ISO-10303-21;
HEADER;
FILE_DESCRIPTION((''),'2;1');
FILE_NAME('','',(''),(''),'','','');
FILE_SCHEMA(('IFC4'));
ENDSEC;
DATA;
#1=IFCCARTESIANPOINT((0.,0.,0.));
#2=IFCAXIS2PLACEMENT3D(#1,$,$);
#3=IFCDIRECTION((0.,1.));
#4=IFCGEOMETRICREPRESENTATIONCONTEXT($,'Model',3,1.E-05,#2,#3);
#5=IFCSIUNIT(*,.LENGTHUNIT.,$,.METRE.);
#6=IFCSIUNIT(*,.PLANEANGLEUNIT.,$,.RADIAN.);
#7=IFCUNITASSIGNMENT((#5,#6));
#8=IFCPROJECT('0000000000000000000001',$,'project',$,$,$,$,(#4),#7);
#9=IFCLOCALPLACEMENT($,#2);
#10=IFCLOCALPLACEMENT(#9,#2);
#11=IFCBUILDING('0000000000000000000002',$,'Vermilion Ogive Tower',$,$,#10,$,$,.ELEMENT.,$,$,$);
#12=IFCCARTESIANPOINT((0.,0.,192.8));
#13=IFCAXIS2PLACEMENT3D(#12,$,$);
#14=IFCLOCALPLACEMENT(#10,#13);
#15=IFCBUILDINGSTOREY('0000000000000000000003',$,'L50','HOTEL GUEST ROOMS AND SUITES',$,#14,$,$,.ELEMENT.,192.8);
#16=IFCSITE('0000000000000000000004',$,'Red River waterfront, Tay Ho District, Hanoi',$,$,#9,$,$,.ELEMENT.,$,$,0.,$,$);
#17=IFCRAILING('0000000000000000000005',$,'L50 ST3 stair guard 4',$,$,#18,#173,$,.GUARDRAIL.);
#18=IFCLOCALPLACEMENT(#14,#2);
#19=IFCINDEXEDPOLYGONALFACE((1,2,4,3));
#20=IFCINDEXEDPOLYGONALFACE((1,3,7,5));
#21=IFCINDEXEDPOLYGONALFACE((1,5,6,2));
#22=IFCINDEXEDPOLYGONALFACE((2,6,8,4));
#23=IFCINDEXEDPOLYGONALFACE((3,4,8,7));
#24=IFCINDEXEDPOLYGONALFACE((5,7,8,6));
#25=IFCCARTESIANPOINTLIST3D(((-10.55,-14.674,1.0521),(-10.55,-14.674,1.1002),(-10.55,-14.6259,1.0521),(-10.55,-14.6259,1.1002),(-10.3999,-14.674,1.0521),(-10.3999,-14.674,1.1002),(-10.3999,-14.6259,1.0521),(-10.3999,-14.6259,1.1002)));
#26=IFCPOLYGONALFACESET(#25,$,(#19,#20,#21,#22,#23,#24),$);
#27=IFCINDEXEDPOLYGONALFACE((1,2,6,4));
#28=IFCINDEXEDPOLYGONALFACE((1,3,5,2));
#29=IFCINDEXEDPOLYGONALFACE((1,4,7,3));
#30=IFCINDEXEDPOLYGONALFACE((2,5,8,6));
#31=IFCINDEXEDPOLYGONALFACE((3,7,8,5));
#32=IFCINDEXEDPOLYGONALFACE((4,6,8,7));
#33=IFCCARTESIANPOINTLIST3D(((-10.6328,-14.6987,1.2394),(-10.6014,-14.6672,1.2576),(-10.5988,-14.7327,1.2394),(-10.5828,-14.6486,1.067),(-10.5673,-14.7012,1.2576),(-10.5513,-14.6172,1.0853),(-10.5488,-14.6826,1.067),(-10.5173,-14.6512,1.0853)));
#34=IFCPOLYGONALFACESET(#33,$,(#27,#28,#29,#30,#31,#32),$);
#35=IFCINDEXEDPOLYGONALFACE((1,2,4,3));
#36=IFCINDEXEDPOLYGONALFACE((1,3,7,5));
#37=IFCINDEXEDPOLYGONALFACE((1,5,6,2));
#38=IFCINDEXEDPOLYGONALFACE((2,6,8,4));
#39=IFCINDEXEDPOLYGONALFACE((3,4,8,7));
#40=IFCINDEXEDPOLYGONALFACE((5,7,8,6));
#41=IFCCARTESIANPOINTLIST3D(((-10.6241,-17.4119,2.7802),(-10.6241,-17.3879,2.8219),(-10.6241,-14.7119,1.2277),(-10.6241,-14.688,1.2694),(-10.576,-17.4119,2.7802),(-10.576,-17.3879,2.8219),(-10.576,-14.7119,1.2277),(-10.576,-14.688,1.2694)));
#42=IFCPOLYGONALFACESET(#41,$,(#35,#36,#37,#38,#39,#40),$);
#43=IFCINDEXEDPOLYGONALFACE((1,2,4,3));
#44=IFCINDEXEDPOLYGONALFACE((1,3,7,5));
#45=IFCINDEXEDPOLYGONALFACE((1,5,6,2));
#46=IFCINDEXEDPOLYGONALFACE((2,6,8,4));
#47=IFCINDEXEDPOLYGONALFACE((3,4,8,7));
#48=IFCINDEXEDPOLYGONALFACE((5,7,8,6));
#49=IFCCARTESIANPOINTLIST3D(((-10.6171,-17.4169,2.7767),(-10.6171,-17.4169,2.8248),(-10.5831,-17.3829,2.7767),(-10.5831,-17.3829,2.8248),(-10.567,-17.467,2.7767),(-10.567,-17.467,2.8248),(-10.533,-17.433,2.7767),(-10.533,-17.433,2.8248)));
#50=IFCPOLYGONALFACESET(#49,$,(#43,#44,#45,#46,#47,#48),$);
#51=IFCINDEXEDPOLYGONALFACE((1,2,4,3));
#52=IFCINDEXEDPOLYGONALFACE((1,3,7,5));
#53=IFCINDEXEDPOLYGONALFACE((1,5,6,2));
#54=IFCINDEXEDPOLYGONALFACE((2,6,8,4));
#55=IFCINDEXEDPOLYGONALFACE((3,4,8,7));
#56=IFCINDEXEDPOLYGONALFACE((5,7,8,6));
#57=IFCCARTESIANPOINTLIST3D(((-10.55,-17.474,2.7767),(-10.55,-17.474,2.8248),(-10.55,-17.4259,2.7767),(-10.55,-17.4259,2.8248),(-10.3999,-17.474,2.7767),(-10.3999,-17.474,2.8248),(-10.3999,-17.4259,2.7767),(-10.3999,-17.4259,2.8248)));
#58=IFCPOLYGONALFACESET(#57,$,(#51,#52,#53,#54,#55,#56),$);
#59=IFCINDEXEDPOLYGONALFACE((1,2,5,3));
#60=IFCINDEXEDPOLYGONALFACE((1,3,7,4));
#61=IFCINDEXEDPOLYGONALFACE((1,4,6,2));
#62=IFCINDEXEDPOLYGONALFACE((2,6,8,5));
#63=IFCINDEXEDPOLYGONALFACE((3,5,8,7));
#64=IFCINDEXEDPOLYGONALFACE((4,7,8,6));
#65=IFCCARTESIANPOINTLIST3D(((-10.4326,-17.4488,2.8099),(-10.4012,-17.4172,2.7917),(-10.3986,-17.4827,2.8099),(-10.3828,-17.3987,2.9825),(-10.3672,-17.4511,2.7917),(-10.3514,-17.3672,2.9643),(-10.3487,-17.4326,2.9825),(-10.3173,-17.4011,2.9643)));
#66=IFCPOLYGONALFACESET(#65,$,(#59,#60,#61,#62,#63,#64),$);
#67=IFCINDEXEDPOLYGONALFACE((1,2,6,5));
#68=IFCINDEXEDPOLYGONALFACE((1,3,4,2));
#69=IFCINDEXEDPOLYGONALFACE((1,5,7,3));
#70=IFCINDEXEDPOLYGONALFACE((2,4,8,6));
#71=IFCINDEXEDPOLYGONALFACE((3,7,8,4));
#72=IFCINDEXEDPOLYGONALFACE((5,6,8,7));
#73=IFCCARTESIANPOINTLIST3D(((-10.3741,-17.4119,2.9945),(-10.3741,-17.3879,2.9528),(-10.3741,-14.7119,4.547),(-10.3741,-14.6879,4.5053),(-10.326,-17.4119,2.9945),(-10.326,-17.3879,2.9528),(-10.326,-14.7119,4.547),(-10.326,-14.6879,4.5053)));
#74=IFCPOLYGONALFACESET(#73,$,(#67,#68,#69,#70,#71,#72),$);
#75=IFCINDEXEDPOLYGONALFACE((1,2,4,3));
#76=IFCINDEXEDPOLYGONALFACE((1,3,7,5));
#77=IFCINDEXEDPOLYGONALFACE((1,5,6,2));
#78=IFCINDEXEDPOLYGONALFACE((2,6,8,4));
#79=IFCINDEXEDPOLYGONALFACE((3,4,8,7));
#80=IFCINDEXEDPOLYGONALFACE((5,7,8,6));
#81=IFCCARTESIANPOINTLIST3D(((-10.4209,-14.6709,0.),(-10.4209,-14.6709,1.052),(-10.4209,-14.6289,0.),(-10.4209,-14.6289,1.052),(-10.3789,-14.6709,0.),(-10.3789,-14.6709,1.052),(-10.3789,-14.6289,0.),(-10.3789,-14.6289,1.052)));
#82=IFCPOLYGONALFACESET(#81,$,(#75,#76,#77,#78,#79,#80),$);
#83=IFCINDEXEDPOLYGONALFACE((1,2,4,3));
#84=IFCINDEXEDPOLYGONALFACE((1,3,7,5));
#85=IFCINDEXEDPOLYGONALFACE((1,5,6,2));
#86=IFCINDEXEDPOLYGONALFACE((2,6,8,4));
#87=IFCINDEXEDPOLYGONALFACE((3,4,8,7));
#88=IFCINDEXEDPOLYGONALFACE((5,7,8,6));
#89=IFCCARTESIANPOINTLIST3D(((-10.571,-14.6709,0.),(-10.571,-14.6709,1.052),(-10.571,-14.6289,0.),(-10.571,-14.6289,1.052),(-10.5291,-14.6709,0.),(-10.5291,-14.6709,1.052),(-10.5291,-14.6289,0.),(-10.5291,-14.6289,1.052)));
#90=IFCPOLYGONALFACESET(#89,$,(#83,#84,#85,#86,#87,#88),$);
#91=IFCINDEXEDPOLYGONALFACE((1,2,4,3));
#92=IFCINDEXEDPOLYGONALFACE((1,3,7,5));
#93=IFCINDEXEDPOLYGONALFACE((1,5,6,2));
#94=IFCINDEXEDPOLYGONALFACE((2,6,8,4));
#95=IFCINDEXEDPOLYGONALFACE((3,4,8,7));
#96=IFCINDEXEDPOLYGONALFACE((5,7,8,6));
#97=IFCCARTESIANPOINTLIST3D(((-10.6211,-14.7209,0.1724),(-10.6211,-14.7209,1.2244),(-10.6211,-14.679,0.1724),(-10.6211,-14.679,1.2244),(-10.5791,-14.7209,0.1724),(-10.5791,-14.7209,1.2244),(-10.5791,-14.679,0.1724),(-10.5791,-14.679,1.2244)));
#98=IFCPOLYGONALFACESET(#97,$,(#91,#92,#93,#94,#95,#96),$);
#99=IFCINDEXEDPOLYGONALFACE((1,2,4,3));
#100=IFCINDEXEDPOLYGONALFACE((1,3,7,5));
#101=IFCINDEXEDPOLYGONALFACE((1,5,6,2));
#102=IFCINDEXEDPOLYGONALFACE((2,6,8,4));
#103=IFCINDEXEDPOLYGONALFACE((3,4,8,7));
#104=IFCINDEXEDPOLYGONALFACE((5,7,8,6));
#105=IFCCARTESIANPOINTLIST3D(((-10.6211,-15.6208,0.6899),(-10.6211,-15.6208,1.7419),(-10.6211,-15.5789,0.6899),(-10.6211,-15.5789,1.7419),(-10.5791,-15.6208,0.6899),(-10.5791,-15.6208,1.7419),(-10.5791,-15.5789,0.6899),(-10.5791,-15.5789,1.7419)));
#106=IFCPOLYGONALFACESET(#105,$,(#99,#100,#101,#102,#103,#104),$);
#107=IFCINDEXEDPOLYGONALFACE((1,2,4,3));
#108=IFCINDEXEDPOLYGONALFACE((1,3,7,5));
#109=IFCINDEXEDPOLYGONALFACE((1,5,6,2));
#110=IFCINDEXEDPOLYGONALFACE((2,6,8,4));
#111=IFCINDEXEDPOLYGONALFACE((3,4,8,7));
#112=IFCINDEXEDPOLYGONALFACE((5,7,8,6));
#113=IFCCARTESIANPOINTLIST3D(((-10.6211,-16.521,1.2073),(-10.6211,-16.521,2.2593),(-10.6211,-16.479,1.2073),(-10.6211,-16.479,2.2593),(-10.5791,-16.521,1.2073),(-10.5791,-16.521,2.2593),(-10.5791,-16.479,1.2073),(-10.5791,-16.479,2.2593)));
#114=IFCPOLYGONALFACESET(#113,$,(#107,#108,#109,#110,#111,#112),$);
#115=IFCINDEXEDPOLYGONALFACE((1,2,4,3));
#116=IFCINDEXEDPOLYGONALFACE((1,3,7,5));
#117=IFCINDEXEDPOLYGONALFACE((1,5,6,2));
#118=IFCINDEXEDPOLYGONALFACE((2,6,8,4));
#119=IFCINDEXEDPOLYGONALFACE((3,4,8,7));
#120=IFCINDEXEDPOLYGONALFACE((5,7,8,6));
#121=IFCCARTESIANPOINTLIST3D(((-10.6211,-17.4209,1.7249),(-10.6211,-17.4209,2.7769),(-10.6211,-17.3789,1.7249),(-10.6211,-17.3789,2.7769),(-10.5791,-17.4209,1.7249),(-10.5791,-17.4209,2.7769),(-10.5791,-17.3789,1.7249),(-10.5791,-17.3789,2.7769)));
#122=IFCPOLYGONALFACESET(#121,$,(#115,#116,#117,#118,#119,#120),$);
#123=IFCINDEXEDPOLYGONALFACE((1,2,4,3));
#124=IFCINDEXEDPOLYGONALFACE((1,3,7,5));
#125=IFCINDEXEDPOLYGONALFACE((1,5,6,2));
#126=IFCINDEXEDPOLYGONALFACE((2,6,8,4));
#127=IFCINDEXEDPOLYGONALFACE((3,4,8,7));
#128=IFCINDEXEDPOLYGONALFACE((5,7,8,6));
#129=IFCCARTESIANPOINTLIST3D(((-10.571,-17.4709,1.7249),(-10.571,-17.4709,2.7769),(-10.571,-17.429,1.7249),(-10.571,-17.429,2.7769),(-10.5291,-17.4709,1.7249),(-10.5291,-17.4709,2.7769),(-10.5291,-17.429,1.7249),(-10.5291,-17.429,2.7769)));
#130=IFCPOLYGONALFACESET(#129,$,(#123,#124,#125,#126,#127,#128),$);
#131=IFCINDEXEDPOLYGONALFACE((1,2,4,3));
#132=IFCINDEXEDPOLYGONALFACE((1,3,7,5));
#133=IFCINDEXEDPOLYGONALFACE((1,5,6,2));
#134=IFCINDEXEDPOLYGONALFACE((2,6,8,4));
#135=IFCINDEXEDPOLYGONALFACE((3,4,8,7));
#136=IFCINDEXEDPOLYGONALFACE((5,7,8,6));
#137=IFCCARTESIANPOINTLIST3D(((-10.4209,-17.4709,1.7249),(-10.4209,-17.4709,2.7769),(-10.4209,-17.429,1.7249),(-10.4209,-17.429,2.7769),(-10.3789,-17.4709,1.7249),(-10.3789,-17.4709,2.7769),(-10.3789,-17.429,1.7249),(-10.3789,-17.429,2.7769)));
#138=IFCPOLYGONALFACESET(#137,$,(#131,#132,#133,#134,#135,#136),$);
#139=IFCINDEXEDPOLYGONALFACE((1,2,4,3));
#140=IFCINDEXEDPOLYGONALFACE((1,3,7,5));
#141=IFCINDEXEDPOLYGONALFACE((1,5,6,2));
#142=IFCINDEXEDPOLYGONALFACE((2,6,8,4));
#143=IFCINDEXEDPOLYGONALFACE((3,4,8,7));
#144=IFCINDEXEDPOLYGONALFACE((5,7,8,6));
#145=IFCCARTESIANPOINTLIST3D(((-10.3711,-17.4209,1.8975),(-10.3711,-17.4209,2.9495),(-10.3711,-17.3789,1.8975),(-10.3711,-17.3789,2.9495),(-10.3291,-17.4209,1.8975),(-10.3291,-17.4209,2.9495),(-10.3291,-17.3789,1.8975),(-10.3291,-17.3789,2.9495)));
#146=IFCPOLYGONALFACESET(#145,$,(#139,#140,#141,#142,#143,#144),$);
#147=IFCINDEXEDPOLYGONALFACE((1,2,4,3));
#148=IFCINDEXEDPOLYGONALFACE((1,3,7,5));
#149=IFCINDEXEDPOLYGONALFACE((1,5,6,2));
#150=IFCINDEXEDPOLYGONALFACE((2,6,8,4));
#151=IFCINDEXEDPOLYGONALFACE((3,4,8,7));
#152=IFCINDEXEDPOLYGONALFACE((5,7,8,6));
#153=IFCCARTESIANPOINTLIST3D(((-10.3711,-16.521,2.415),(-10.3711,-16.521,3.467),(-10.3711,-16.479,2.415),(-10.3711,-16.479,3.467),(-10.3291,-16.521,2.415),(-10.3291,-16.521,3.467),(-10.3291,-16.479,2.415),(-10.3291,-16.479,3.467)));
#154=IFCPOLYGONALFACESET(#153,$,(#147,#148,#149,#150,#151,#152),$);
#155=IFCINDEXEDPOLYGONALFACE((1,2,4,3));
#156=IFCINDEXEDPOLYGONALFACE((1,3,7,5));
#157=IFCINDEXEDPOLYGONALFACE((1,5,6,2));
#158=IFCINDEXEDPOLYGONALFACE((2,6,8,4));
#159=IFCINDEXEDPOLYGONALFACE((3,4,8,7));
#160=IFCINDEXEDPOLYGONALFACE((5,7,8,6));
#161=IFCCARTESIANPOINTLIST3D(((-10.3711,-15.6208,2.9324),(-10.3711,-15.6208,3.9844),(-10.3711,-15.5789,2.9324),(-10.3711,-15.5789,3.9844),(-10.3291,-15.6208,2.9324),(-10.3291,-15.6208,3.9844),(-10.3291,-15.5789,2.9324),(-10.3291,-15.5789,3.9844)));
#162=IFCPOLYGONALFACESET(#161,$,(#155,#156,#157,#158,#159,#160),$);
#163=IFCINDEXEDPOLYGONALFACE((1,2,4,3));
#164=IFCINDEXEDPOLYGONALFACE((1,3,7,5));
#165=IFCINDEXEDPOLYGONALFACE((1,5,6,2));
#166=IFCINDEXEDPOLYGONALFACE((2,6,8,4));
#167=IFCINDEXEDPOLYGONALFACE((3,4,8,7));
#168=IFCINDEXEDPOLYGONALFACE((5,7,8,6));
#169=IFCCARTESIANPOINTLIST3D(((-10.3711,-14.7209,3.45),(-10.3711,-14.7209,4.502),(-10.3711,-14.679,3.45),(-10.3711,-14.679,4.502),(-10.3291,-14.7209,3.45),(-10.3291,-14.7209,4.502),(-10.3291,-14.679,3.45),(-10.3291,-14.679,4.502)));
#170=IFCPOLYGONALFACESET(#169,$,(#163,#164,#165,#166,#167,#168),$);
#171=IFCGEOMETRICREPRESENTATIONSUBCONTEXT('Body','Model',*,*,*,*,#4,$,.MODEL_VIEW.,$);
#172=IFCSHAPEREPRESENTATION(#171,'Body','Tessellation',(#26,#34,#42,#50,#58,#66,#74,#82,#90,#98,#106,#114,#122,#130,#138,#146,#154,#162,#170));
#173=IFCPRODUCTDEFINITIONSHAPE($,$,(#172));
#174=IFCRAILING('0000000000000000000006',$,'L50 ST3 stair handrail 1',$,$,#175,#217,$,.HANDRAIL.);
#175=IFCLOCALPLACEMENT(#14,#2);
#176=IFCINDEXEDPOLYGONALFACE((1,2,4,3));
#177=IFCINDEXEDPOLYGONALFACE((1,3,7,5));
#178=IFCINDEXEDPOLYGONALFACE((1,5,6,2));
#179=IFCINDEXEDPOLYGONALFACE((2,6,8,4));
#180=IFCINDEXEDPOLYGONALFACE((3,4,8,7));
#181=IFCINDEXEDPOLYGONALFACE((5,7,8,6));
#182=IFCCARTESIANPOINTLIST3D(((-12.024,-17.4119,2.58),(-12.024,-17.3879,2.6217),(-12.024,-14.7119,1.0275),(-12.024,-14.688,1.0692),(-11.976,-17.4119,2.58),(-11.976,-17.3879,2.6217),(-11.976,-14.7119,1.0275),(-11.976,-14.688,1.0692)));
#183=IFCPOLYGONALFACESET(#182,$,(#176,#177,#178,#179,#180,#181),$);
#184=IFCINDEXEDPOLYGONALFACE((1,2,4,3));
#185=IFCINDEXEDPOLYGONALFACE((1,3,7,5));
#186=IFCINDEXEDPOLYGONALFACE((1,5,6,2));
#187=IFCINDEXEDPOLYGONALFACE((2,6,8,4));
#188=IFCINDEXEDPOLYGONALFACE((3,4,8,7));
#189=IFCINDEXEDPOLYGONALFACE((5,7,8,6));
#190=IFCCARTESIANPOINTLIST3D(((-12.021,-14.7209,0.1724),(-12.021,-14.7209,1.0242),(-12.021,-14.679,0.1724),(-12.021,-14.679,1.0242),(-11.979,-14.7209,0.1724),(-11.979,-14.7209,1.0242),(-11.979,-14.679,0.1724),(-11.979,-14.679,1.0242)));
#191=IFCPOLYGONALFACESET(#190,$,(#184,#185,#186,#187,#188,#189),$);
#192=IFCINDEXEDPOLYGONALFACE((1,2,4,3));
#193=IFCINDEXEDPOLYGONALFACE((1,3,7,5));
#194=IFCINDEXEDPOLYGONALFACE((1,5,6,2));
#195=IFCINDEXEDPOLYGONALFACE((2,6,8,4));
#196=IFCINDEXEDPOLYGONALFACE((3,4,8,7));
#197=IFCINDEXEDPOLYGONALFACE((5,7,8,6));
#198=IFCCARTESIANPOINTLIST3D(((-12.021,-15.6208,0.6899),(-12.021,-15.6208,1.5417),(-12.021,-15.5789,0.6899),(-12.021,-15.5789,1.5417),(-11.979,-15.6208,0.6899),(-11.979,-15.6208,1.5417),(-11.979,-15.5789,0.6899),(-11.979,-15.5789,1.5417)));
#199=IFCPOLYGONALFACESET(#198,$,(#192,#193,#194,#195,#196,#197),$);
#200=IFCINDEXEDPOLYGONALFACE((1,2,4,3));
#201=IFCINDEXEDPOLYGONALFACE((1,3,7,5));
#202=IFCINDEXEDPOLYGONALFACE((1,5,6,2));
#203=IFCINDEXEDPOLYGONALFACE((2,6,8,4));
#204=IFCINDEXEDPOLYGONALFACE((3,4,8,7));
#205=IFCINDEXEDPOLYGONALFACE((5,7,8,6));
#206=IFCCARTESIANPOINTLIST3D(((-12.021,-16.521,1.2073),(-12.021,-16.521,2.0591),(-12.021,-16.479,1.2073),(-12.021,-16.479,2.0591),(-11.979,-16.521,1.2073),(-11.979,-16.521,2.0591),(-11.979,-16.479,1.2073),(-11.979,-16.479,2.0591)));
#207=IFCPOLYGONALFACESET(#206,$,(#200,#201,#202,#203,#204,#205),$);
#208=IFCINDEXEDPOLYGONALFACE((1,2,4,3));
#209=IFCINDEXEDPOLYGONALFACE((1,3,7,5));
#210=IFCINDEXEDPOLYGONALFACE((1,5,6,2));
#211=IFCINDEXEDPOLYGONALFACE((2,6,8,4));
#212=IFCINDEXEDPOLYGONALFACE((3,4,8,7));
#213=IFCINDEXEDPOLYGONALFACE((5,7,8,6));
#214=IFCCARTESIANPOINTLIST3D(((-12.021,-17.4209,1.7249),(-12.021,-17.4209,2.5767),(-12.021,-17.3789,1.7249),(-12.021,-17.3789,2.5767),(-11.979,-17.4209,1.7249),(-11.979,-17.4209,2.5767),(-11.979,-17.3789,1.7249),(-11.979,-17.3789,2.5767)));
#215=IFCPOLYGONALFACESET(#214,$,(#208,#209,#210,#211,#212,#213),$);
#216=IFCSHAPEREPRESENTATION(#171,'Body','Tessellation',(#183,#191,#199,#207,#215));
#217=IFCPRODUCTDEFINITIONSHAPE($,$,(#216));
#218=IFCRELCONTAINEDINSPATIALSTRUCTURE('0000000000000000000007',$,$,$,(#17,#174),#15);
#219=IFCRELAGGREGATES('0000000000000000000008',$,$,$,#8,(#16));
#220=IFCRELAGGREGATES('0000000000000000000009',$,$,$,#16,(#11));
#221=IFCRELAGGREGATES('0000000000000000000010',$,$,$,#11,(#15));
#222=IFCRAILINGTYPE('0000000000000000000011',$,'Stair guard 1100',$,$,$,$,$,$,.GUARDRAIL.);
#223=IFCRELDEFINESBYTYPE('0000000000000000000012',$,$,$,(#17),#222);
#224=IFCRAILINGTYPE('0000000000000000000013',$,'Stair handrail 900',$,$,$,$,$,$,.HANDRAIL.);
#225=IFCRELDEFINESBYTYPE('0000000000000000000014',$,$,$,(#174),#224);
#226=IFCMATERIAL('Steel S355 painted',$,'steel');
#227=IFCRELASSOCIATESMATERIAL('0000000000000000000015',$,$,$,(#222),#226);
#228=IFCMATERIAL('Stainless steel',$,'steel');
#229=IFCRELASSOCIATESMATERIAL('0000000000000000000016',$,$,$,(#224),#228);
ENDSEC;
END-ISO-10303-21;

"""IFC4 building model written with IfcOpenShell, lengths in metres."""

from ifc_helpers import new_model, si_unit, direction, frame, origin, origin_2d, place, context, subcontext, project, spatial, rectangle, extrude, material, type_object, element, save


model = new_model("IFC4")

# Units and contexts
model_context = context("Model", 3, precision=1e-05, world=origin(), true_north=direction((0.0, 1.0)))
body_context = subcontext(model_context, "Body", "Model", "MODEL_VIEW")
ifc_project = project(units=[si_unit("LENGTHUNIT", "METRE"), si_unit("PLANEANGLEUNIT", "RADIAN")], contexts=[model_context])

# Site, building, storey
site_placement = place(None, origin())
site = spatial("IfcSite", under=ifc_project, at=site_placement, Name="Red River waterfront, Tay Ho District, Hanoi", CompositionType="ELEMENT", RefElevation=0.0)
building_placement = place(site_placement, origin())
building = spatial("IfcBuilding", under=site, at=building_placement, Name="Vermilion Ogive Tower", CompositionType="ELEMENT")
storey_placement = place(building_placement, frame((0.0, 0.0, 192.8)))
storey = spatial("IfcBuildingStorey", under=building, at=storey_placement, Name="L50", Description="HOTEL GUEST ROOMS AND SUITES", CompositionType="ELEMENT", Elevation=192.8)

# Railings
ifc_material_1 = material(Name="Steel S355 painted", Category="steel")
railing_type_1 = type_object("IfcRailingType", Name="Stair guard 1100", PredefinedType="GUARDRAIL", material=ifc_material_1)
railing_1_placement = place(storey_placement, frame((-10.3999, -14.6499, 0.0)))
element("IfcRailing", 1, at=railing_1_placement, inside=storey, type_object=railing_type_1, Name="L50 ST3 stair guard 4", PredefinedType="GUARDRAIL", context=body_context, shape_type="SweptSolid", body=[
    extrude(rectangle(XDim=0.0481, YDim=0.0481, at=origin_2d()), frame((0.0, 0.0, 1.0762), z_axis=(-1.0, 0.0, 0.0), x_axis=(0.0, -1.0, 0.0)), (0.0, 0.0, 1.0), 0.1501),
    extrude(rectangle(XDim=0.0481, YDim=0.0481, at=origin_2d()), frame((-0.1501, 0.0, 1.0762), z_axis=(-0.268603, -0.268603, 0.925043), x_axis=(0.707107, -0.707107, 0.0)), (0.0, 0.0, 1.0), 0.1863),
    extrude(rectangle(XDim=0.0481, YDim=0.0481, at=origin_2d()), frame((-0.2002, -0.05, 1.2485), z_axis=(0.0, -0.866904, 0.498476), x_axis=(1.0, 0.0, 0.0)), (0.0, 0.0, 1.0), 3.1145),
    extrude(rectangle(XDim=0.0481, YDim=0.0481, at=origin_2d()), frame((-0.2002, -2.75, 2.8008), z_axis=(0.707107, -0.707107, 0.0), x_axis=(0.707107, 0.707107, 0.0)), (0.0, 0.0, 1.0), 0.0708),
    extrude(rectangle(XDim=0.0481, YDim=0.0481, at=origin_2d()), frame((-0.1501, -2.8, 2.8008), z_axis=(1.0, 0.0, 0.0), x_axis=(0.0, 1.0, 0.0)), (0.0, 0.0, 1.0), 0.1501),
    extrude(rectangle(XDim=0.0481, YDim=0.0481, at=origin_2d()), frame((0.0, -2.8, 2.8008), z_axis=(0.267063, 0.268372, 0.925556), x_axis=(-0.708834, 0.705376, 0.0)), (0.0, 0.0, 1.0), 0.1865),
    extrude(rectangle(XDim=0.0481, YDim=0.0481, at=origin_2d()), frame((0.0498, -2.75, 2.9736), z_axis=(0.0, 0.866904, 0.498476), x_axis=(-1.0, 0.0, 0.0)), (0.0, 0.0, 1.0), 3.1145),
    extrude(rectangle(XDim=0.042, YDim=0.042, at=origin_2d()), origin(), (0.0, 0.0, 1.0), 1.052),
    extrude(rectangle(XDim=0.042, YDim=0.042, at=origin_2d()), frame((-0.1501, 0.0, 0.0)), (0.0, 0.0, 1.0), 1.052),
    extrude(rectangle(XDim=0.042, YDim=0.042, at=origin_2d()), frame((-0.2002, -0.05, 0.1724)), (0.0, 0.0, 1.0), 1.052),
    extrude(rectangle(XDim=0.042, YDim=0.042, at=origin_2d()), frame((-0.2002, -0.95, 0.6899)), (0.0, 0.0, 1.0), 1.052),
    extrude(rectangle(XDim=0.042, YDim=0.042, at=origin_2d()), frame((-0.2002, -1.8501, 1.2073)), (0.0, 0.0, 1.0), 1.052),
    extrude(rectangle(XDim=0.042, YDim=0.042, at=origin_2d()), frame((-0.2002, -2.75, 1.7249)), (0.0, 0.0, 1.0), 1.052),
    extrude(rectangle(XDim=0.042, YDim=0.042, at=origin_2d()), frame((-0.1501, -2.8, 1.7249)), (0.0, 0.0, 1.0), 1.052),
    extrude(rectangle(XDim=0.042, YDim=0.042, at=origin_2d()), frame((0.0, -2.8, 1.7249)), (0.0, 0.0, 1.0), 1.052),
    extrude(rectangle(XDim=0.042, YDim=0.042, at=origin_2d()), frame((0.0498, -2.75, 1.8975)), (0.0, 0.0, 1.0), 1.052),
    extrude(rectangle(XDim=0.042, YDim=0.042, at=origin_2d()), frame((0.0498, -1.8501, 2.415)), (0.0, 0.0, 1.0), 1.052),
    extrude(rectangle(XDim=0.042, YDim=0.042, at=origin_2d()), frame((0.0498, -0.95, 2.9324)), (0.0, 0.0, 1.0), 1.052),
    extrude(rectangle(XDim=0.042, YDim=0.042, at=origin_2d()), frame((0.0498, -0.05, 3.45)), (0.0, 0.0, 1.0), 1.052),
])
ifc_material_2 = material(Name="Stainless steel", Category="steel")
railing_type_2 = type_object("IfcRailingType", Name="Stair handrail 900", PredefinedType="HANDRAIL", material=ifc_material_2)
railing_2_placement = place(storey_placement, frame((-12.0, -14.7, 0.1724)))
element("IfcRailing", 2, at=railing_2_placement, inside=storey, type_object=railing_type_2, Name="L50 ST3 stair handrail 1", PredefinedType="HANDRAIL", context=body_context, shape_type="SweptSolid", body=[
    extrude(rectangle(XDim=0.0481, YDim=0.0481, at=origin_2d()), frame((0.0, 0.0, 0.876), z_axis=(0.0, -0.866904, 0.498476), x_axis=(1.0, 0.0, 0.0)), (0.0, 0.0, 1.0), 3.1145),
    extrude(rectangle(XDim=0.042, YDim=0.042, at=origin_2d()), origin(), (0.0, 0.0, 1.0), 0.8518),
    extrude(rectangle(XDim=0.042, YDim=0.042, at=origin_2d()), frame((0.0, -0.8999, 0.5176)), (0.0, 0.0, 1.0), 0.8518),
    extrude(rectangle(XDim=0.042, YDim=0.042, at=origin_2d()), frame((0.0, -1.8, 1.0349)), (0.0, 0.0, 1.0), 0.8518),
    extrude(rectangle(XDim=0.042, YDim=0.042, at=origin_2d()), frame((0.0, -2.7, 1.5525)), (0.0, 0.0, 1.0), 0.8518),
])

save(model, "model.ifc")
